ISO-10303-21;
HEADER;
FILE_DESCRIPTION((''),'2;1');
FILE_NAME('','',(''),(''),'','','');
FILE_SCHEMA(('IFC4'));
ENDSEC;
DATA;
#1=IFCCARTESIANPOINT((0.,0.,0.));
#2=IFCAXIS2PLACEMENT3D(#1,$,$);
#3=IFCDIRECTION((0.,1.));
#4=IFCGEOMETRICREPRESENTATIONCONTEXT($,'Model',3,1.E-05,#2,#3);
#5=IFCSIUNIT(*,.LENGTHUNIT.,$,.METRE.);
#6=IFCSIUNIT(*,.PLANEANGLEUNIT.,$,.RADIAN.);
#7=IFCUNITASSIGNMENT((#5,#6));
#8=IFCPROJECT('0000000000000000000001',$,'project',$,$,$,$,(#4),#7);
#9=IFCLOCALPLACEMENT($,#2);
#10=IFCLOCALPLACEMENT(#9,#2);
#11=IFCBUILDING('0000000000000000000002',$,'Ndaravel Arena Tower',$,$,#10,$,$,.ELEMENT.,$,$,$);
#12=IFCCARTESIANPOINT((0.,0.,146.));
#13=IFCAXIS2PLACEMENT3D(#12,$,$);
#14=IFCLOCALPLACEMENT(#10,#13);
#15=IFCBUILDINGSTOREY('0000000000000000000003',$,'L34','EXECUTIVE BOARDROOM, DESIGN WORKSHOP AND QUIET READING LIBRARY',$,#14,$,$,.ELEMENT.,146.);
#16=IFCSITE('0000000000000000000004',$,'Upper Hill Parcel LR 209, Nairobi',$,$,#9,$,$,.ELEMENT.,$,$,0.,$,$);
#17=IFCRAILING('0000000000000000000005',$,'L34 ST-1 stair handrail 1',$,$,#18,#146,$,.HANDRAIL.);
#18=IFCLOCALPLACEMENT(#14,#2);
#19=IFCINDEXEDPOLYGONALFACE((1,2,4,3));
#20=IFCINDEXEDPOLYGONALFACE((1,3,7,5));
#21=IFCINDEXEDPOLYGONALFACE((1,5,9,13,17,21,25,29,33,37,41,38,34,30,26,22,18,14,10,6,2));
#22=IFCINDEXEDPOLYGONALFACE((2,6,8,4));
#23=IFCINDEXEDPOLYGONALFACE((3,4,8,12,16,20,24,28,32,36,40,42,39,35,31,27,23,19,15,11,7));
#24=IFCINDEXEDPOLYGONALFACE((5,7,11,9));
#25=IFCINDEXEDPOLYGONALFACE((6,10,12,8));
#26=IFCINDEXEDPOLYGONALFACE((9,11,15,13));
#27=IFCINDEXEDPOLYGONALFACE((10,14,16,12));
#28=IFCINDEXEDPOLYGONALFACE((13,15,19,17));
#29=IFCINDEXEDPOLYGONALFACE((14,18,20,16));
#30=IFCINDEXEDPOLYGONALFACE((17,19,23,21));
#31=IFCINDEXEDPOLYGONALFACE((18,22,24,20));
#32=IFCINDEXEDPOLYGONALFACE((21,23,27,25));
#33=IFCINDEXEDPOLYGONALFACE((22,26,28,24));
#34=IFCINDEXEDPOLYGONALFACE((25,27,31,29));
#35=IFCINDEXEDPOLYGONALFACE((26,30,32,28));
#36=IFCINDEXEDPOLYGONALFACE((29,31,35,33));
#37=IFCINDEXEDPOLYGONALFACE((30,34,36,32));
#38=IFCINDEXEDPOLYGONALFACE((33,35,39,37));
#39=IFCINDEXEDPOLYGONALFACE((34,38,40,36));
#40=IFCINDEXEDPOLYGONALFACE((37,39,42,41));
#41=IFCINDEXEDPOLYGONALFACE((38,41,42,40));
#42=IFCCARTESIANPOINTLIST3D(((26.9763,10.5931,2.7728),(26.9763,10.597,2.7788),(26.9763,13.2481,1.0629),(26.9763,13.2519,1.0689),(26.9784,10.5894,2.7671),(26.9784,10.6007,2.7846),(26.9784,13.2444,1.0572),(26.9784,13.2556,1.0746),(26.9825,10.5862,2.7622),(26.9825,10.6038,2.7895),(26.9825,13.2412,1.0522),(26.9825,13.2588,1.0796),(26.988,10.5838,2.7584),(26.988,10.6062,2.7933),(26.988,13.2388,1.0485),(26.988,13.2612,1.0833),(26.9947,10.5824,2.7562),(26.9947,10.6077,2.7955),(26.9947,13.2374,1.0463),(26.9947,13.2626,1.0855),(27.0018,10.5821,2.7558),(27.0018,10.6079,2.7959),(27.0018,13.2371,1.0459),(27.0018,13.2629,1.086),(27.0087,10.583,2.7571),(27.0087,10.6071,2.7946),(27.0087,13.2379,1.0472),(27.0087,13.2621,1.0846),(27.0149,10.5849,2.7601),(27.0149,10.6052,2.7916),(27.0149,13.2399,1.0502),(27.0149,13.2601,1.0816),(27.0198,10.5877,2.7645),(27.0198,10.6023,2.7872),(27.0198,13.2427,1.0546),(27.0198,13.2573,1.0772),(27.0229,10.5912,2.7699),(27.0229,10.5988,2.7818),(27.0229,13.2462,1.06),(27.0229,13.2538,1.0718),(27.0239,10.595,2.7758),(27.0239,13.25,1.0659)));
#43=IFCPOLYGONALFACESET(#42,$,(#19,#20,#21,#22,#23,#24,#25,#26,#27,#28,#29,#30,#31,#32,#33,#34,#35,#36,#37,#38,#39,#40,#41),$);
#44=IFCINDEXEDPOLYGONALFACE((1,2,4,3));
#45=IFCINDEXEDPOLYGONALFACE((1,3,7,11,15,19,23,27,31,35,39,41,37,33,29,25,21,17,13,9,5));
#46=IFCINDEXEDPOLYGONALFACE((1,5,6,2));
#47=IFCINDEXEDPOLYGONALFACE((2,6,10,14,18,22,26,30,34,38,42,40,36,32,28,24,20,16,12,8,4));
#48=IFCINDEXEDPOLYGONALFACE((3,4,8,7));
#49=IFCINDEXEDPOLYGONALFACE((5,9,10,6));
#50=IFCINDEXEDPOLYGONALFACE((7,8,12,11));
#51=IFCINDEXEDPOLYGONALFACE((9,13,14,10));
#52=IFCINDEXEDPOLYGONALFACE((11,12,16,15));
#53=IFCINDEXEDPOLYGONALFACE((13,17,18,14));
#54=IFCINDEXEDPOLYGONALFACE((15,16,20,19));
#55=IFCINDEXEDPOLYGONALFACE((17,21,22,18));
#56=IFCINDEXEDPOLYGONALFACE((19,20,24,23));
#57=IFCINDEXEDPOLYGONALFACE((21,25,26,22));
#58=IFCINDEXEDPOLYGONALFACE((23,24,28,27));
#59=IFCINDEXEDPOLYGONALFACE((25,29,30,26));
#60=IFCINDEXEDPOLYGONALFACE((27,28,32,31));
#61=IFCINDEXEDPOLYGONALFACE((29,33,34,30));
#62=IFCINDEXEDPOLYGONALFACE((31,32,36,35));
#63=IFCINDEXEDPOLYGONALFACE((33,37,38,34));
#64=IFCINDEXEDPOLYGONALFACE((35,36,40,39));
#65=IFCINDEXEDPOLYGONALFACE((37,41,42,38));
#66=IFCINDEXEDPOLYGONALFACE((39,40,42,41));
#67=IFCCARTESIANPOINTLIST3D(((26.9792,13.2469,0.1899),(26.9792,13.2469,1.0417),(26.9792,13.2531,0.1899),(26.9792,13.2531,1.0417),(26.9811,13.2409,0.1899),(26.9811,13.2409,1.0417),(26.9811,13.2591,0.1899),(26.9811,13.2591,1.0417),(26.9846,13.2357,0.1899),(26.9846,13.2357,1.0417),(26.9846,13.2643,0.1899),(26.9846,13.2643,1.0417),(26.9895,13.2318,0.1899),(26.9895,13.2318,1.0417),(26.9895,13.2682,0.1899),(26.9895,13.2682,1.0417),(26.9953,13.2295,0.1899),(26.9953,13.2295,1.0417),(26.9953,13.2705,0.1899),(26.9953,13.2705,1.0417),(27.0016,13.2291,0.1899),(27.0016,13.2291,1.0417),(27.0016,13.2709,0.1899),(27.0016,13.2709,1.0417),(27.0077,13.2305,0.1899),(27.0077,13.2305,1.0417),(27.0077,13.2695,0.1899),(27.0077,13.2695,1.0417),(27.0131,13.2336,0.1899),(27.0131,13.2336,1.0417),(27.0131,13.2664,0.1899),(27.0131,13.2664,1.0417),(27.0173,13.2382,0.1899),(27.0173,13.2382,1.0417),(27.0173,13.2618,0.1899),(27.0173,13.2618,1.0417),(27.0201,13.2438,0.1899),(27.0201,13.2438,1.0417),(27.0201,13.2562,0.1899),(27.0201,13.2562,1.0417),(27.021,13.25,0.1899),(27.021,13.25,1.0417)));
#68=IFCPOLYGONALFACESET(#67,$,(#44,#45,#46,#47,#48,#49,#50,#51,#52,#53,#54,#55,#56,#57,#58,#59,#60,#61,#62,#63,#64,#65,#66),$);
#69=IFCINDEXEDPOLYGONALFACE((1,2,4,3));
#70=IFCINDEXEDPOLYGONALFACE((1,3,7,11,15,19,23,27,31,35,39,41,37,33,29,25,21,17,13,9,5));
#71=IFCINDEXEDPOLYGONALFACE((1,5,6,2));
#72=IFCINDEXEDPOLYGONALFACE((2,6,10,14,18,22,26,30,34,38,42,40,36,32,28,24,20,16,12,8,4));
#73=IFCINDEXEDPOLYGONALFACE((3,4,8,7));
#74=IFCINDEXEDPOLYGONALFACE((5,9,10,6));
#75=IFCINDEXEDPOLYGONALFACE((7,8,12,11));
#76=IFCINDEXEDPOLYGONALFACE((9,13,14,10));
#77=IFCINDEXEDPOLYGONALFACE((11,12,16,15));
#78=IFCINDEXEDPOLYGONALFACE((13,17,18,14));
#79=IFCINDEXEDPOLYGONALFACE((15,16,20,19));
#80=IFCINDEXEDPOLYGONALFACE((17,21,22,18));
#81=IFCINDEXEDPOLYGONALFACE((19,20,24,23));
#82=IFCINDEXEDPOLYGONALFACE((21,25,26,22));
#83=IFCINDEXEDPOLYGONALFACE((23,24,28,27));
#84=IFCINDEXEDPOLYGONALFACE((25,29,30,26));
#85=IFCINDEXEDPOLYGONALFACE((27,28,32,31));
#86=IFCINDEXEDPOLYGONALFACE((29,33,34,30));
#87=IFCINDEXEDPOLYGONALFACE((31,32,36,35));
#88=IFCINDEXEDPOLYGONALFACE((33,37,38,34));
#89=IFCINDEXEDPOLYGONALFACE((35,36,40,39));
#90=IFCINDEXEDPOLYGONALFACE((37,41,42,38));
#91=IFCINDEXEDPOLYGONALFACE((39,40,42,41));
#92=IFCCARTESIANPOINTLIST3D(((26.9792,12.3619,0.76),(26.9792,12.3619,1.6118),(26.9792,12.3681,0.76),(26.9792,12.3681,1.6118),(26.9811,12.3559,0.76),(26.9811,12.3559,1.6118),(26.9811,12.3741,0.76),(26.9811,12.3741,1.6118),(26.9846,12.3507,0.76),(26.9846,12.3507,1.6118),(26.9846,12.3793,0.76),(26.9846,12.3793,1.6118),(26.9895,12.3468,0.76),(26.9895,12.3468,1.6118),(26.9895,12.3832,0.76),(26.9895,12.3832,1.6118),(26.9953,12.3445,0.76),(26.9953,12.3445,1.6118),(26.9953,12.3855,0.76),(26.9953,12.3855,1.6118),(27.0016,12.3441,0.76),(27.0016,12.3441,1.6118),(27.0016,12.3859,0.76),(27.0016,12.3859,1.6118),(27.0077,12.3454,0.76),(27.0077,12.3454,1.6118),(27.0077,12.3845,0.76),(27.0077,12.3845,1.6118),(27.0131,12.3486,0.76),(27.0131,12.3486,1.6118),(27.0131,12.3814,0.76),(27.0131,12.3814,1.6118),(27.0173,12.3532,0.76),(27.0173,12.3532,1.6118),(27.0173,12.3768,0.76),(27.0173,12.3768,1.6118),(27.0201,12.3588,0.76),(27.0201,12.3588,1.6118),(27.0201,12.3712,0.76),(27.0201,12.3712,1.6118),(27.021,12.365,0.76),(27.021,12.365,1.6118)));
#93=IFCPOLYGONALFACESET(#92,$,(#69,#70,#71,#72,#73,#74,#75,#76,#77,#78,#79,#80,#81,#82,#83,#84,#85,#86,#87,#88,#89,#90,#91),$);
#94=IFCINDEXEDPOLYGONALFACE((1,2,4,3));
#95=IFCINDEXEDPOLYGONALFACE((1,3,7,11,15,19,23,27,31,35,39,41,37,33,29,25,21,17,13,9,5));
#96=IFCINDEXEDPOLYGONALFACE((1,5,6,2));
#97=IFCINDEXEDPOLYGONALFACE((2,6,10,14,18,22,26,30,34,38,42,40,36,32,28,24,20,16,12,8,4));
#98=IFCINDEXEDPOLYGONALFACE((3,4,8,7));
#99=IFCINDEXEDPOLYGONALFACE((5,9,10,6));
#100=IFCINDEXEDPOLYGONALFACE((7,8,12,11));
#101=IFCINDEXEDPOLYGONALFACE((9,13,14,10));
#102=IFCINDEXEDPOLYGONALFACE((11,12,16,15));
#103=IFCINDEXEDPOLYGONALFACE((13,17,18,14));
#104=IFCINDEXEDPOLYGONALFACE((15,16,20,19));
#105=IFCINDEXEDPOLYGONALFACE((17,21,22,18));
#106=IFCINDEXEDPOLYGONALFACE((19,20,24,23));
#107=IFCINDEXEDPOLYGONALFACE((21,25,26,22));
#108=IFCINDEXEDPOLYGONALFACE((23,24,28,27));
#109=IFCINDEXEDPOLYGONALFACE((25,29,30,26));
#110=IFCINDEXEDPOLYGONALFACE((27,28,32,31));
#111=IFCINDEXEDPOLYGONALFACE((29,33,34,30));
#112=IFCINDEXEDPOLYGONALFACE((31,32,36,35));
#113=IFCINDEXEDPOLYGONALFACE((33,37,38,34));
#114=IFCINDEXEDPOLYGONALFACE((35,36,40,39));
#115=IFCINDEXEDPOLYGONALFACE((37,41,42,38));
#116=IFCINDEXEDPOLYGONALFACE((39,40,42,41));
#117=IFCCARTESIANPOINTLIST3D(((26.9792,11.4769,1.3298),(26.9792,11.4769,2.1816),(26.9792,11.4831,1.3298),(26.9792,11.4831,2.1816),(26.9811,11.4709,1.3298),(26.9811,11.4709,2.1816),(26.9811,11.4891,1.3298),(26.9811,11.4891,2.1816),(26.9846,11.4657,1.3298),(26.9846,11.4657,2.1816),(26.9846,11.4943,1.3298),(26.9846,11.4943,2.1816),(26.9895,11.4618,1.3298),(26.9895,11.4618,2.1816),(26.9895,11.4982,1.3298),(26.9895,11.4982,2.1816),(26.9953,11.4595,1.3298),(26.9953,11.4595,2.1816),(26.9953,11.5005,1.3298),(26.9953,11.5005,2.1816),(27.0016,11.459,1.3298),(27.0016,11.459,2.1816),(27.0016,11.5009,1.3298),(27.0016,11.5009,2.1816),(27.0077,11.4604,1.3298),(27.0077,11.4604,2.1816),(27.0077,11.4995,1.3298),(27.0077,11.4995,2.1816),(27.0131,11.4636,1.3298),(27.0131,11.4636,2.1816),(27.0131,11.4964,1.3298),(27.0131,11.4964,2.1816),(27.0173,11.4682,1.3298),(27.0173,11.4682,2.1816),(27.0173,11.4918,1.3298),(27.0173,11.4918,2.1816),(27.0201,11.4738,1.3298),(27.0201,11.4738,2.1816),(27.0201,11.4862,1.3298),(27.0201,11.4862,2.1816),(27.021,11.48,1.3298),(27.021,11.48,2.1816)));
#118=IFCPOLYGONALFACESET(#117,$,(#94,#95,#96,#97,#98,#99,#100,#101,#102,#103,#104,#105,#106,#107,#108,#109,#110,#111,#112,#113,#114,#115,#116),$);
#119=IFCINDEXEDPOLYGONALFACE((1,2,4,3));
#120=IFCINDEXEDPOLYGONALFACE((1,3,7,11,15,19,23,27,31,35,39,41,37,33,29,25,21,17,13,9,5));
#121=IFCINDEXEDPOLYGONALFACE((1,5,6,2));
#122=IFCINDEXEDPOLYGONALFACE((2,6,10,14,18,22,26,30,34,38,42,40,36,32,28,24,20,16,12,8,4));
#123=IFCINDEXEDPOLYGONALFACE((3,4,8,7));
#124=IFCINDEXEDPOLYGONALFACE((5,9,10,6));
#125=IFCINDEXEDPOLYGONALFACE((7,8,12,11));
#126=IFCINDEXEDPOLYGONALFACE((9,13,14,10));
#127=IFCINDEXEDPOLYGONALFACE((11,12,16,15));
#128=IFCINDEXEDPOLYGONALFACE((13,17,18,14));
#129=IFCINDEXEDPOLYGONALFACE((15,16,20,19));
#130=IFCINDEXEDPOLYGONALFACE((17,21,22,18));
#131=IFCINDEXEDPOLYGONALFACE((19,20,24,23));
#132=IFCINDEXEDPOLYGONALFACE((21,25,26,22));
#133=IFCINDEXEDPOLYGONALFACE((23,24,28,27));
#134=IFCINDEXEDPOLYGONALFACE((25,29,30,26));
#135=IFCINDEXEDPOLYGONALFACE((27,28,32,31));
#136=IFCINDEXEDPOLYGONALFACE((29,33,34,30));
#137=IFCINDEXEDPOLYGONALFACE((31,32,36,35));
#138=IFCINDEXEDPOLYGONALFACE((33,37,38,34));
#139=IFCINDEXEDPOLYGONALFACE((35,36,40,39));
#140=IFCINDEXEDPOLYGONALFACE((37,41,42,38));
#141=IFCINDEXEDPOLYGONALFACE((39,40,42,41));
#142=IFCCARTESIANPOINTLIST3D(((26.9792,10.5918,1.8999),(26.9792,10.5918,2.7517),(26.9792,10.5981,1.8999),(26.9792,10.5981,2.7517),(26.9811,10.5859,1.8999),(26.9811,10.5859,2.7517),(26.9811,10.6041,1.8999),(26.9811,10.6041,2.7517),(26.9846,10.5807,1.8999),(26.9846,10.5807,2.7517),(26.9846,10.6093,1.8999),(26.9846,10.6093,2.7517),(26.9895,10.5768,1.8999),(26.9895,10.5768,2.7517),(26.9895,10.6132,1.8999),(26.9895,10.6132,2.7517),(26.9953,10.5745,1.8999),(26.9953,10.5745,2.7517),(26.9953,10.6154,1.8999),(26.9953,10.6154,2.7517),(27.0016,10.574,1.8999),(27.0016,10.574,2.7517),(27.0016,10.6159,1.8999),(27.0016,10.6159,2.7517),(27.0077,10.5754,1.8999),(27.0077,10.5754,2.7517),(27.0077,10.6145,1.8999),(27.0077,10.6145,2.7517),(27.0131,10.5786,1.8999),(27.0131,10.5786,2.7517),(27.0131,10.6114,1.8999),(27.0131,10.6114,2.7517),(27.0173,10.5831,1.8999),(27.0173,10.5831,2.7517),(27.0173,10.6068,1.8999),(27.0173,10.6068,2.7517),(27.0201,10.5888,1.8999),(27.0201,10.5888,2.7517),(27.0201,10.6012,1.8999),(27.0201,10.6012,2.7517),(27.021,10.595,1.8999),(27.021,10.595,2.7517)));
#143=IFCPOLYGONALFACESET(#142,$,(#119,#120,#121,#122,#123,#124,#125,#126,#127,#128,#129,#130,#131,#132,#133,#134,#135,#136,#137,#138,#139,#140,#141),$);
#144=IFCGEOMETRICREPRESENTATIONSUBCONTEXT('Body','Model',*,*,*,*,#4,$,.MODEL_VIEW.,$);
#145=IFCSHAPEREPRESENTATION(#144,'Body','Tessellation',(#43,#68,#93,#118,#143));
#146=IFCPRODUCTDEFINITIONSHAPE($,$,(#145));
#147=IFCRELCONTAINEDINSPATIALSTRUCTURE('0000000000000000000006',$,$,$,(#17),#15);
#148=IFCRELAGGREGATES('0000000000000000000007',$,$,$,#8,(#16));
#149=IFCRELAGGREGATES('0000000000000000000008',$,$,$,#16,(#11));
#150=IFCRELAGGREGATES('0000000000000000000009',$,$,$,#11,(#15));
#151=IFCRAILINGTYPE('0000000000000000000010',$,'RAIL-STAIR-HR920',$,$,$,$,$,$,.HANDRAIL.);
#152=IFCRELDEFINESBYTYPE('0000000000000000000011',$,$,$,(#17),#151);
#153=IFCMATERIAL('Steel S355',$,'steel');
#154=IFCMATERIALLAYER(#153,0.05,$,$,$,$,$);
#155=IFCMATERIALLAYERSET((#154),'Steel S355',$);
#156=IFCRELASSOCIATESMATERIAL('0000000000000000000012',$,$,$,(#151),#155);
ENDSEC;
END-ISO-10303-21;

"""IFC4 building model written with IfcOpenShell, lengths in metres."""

from ifc_helpers import new_model, si_unit, direction, frame, origin, origin_2d, place, context, subcontext, project, spatial, circle, extrude, material, layer, layer_set, type_object, element, save


model = new_model("IFC4")

# Units and contexts
model_context = context("Model", 3, precision=1e-05, world=origin(), true_north=direction((0.0, 1.0)))
body_context = subcontext(model_context, "Body", "Model", "MODEL_VIEW")
ifc_project = project(units=[si_unit("LENGTHUNIT", "METRE"), si_unit("PLANEANGLEUNIT", "RADIAN")], contexts=[model_context])

# Site, building, storey
site_placement = place(None, origin())
site = spatial("IfcSite", under=ifc_project, at=site_placement, Name="Upper Hill Parcel LR 209, Nairobi", CompositionType="ELEMENT", RefElevation=0.0)
building_placement = place(site_placement, origin())
building = spatial("IfcBuilding", under=site, at=building_placement, Name="Ndaravel Arena Tower", CompositionType="ELEMENT")
storey_placement = place(building_placement, frame((0.0, 0.0, 146.0)))
storey = spatial("IfcBuildingStorey", under=building, at=storey_placement, Name="L34", Description="EXECUTIVE BOARDROOM, DESIGN WORKSHOP AND QUIET READING LIBRARY", CompositionType="ELEMENT", Elevation=146.0)

# Railing
ifc_material_1 = material(Name="Steel S355", Category="steel")
ifc_layer_1 = layer(ifc_material_1, 0.05)
ifc_layer_set_1 = layer_set([ifc_layer_1], Name="Steel S355")
railing_type = type_object("IfcRailingType", Name="RAIL-STAIR-HR920", PredefinedType="HANDRAIL", material=ifc_layer_set_1)
railing_placement = place(storey_placement, frame((27.0, 13.25, 0.1899)))
element("IfcRailing", 1, at=railing_placement, inside=storey, type_object=railing_type, Name="L34 ST-1 stair handrail 1", PredefinedType="HANDRAIL", context=body_context, shape_type="SweptSolid", body=[
    extrude(circle(Radius=0.0239, at=origin_2d()), frame((0.0, 0.0, 0.876), z_axis=(0.0, -0.840724, 0.541465), x_axis=(1.0, 0.0, 0.0)), (0.0, 0.0, 1.0), 3.158),
    extrude(circle(Radius=0.021, at=origin_2d()), origin(), (0.0, 0.0, 1.0), 0.8518),
    extrude(circle(Radius=0.021, at=origin_2d()), frame((0.0, -0.885, 0.5701)), (0.0, 0.0, 1.0), 0.8518),
    extrude(circle(Radius=0.021, at=origin_2d()), frame((0.0, -1.77, 1.1399)), (0.0, 0.0, 1.0), 0.8518),
    extrude(circle(Radius=0.021, at=origin_2d()), frame((0.0, -2.655, 1.71)), (0.0, 0.0, 1.0), 0.8518),
])

save(model, "model.ifc")
